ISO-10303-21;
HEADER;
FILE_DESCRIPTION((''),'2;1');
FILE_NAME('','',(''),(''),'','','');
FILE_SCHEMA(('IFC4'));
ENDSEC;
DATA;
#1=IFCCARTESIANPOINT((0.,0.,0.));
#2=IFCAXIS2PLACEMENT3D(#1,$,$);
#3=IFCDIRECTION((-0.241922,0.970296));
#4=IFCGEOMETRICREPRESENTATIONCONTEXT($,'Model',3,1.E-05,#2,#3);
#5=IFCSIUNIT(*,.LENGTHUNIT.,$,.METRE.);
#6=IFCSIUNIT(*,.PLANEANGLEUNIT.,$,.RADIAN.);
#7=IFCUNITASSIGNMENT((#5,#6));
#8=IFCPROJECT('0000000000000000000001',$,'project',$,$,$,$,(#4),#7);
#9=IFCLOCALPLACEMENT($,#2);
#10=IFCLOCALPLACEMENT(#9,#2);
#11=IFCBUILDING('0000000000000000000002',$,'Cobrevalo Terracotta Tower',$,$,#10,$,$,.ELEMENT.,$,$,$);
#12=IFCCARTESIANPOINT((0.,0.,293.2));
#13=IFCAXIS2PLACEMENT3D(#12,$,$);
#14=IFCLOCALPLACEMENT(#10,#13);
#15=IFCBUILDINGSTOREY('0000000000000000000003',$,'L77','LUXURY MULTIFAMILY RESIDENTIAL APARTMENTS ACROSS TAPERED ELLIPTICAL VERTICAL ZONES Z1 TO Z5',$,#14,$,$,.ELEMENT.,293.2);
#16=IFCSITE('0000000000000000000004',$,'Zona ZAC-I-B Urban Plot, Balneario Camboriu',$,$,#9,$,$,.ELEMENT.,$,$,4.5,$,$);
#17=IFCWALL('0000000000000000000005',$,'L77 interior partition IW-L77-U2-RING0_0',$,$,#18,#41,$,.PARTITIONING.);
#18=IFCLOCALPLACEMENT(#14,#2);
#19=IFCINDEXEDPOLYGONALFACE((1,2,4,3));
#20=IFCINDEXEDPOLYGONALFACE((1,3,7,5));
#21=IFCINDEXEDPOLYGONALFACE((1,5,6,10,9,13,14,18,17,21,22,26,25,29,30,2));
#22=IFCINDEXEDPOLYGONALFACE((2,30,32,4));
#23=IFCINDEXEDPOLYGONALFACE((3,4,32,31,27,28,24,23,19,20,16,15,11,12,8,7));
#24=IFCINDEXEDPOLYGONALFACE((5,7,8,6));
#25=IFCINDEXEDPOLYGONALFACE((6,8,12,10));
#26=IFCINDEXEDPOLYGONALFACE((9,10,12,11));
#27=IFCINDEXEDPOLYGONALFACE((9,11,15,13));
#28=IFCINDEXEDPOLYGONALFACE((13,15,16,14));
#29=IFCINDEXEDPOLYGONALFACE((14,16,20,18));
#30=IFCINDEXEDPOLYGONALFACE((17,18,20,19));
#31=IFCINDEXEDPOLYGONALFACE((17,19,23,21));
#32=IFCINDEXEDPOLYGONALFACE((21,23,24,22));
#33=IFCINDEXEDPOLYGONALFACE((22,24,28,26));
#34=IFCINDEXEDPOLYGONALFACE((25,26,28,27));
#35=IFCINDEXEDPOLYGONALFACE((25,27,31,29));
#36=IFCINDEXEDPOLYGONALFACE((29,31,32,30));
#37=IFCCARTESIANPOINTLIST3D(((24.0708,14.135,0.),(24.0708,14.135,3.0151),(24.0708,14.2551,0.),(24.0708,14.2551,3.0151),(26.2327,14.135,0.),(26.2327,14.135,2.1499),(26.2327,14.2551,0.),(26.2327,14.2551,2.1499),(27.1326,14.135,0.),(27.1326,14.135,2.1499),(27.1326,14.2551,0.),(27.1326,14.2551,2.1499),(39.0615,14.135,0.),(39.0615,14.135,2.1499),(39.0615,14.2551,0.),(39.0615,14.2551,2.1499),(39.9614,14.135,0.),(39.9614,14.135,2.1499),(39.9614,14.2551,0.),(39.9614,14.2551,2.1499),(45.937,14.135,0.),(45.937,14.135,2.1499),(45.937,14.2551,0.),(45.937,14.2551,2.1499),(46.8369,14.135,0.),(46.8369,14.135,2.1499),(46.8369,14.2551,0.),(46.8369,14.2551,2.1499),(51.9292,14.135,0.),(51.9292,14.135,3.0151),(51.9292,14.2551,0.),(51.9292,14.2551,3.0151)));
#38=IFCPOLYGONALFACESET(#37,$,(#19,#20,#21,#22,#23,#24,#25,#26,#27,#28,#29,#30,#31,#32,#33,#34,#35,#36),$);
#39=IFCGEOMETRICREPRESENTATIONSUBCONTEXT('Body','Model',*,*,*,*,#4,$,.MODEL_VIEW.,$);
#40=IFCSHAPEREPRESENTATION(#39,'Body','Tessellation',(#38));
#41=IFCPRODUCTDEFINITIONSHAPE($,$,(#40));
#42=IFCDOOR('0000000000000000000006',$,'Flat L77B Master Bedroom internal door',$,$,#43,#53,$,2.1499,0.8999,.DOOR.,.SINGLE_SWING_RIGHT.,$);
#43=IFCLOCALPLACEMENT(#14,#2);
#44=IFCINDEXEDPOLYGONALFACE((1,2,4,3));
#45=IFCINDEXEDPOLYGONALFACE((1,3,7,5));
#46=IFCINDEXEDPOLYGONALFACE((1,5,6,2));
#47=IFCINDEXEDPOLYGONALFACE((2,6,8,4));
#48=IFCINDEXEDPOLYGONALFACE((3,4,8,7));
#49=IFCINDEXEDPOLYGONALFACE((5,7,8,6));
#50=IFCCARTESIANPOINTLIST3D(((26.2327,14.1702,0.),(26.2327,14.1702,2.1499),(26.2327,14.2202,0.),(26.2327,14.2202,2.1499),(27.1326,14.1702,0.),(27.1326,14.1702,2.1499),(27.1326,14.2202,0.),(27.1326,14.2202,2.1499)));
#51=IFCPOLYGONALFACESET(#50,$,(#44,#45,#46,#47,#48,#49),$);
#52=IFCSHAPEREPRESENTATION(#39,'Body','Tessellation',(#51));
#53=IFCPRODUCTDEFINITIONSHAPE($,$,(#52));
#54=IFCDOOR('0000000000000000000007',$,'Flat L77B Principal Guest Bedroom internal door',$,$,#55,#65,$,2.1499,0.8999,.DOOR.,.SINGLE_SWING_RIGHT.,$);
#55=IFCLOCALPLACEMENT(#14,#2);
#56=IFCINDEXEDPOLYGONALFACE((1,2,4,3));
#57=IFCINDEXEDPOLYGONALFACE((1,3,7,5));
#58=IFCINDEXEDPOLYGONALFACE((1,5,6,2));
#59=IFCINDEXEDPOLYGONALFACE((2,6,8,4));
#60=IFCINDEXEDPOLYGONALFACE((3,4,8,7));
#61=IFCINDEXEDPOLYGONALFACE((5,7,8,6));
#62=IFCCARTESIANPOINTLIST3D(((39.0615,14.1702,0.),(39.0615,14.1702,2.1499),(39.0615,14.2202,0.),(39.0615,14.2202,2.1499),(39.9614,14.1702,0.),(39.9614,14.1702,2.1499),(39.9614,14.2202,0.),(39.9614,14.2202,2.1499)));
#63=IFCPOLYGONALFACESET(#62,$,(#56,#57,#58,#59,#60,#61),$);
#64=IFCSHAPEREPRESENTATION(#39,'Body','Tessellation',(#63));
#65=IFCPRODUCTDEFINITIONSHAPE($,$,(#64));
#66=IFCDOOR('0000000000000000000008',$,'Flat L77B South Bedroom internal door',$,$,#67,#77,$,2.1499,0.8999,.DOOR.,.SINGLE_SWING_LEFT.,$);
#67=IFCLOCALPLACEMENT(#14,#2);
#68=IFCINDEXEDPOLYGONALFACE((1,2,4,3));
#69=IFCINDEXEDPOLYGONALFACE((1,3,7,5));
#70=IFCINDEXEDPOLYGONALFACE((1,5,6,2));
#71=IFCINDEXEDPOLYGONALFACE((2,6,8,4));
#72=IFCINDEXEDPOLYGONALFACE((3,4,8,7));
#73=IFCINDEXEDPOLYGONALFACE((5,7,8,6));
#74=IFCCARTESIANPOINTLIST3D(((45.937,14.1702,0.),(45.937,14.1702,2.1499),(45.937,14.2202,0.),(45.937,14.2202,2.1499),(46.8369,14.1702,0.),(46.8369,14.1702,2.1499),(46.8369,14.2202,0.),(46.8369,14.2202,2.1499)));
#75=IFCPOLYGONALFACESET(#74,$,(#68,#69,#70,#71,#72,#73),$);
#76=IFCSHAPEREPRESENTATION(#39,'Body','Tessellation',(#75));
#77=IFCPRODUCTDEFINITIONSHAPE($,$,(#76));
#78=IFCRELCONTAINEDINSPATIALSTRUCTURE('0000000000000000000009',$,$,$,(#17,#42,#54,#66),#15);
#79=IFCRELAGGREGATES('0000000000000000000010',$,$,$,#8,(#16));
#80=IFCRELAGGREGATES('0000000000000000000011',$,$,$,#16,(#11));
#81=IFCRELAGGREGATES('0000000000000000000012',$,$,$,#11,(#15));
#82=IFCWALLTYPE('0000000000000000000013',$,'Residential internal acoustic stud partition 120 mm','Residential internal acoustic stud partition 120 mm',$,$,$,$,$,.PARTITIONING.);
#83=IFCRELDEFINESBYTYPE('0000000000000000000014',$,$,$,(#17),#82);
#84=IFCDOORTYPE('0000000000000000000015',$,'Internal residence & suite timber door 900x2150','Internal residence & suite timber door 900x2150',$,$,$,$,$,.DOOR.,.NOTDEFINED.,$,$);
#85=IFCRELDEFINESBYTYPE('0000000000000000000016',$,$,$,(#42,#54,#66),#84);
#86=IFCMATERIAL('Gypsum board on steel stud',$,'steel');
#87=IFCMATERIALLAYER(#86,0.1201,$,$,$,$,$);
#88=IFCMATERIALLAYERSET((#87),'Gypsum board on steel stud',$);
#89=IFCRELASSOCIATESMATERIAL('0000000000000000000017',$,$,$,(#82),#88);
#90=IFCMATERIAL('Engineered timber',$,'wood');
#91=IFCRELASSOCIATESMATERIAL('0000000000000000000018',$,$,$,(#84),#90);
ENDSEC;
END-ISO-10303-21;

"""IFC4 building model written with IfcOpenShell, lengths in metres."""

from ifc_helpers import new_model, si_unit, direction, frame, frame_2d, origin, place, context, subcontext, project, spatial, rectangle, extrude, source, transform, mapped, material, layer, layer_set, type_object, element, fill, save


model = new_model("IFC4")

# Units and contexts
model_context = context("Model", 3, precision=1e-05, world=origin(), true_north=direction((-0.241922, 0.970296)))
body_context = subcontext(model_context, "Body", "Model", "MODEL_VIEW")
ifc_project = project(units=[si_unit("LENGTHUNIT", "METRE"), si_unit("PLANEANGLEUNIT", "RADIAN")], contexts=[model_context])

# Site, building, storey
site_placement = place(None, origin())
site = spatial("IfcSite", under=ifc_project, at=site_placement, Name="Zona ZAC-I-B Urban Plot, Balneario Camboriu", CompositionType="ELEMENT", RefElevation=4.5)
building_placement = place(site_placement, origin())
building = spatial("IfcBuilding", under=site, at=building_placement, Name="Cobrevalo Terracotta Tower", CompositionType="ELEMENT")
storey_placement = place(building_placement, frame((0.0, 0.0, 293.2)))
storey = spatial("IfcBuildingStorey", under=building, at=storey_placement, Name="L77", Description="LUXURY MULTIFAMILY RESIDENTIAL APARTMENTS ACROSS TAPERED ELLIPTICAL VERTICAL ZONES Z1 TO Z5", CompositionType="ELEMENT", Elevation=293.2)

# Shared definitions
ifc_material_1 = material(Name="Gypsum board on steel stud", Category="steel")

# Wall, openings, doors
ifc_layer_1 = layer(ifc_material_1, 0.1201)
ifc_layer_set_1 = layer_set([ifc_layer_1], Name="Gypsum board on steel stud")
wall_type_1 = type_object("IfcWallType", Name="Residential internal acoustic stud partition 120 mm", Description="Residential internal acoustic stud partition 120 mm", PredefinedType="PARTITIONING", material=ifc_layer_set_1)
wall_1_placement = place(storey_placement, frame((51.9292, 14.1951, 0.0), z_axis=(0.0, 0.0, 1.0), x_axis=(-1.0, 0.0, 0.0)))
wall_1 = element("IfcWall", 1, at=wall_1_placement, inside=storey, type_object=wall_type_1, Name="L77 interior partition IW-L77-U2-RING0_0", PredefinedType="PARTITIONING", context=body_context, shape_type="SweptSolid", body=[
    extrude(rectangle(XDim=27.8584, YDim=0.1201, at=frame_2d((13.9292, 0.0))), origin(), (0.0, 0.0, 1.0), 3.0151),
])
opening_1_placement = place(wall_1_placement, frame((24.7966, 0.0, 0.0)))
opening_1 = element("IfcOpeningElement", 2, at=opening_1_placement, cuts=wall_1, PredefinedType="OPENING", context=body_context, shape_type="SweptSolid", body=[
    extrude(rectangle(XDim=0.8999, YDim=2.1499, at=frame_2d((0.45, 1.075))), frame((0.0, 0.0701, 0.0), z_axis=(0.0, -1.0, 0.0), x_axis=(1.0, 0.0, 0.0)), (0.0, 0.0, 1.0), 0.1401),
])
opening_2_placement = place(wall_1_placement, frame((11.9678, 0.0, 0.0)))
opening_2 = element("IfcOpeningElement", 3, at=opening_2_placement, cuts=wall_1, PredefinedType="OPENING", context=body_context, shape_type="SweptSolid", body=[
    extrude(rectangle(XDim=0.8999, YDim=2.1499, at=frame_2d((0.45, 1.075))), frame((0.0, 0.0701, 0.0), z_axis=(0.0, -1.0, 0.0), x_axis=(1.0, 0.0, 0.0)), (0.0, 0.0, 1.0), 0.1401),
])
opening_3_placement = place(wall_1_placement, frame((5.0923, 0.0, 0.0)))
opening_3 = element("IfcOpeningElement", 4, at=opening_3_placement, cuts=wall_1, PredefinedType="OPENING", context=body_context, shape_type="SweptSolid", body=[
    extrude(rectangle(XDim=0.8999, YDim=2.1499, at=frame_2d((0.45, 1.075))), frame((0.0, 0.0701, 0.0), z_axis=(0.0, -1.0, 0.0), x_axis=(1.0, 0.0, 0.0)), (0.0, 0.0, 1.0), 0.1401),
])
ifc_material_2 = material(Name="Engineered timber", Category="wood")
door_type = type_object("IfcDoorType", Name="Internal residence & suite timber door 900x2150", Description="Internal residence & suite timber door 900x2150", OperationType="NOTDEFINED", PredefinedType="DOOR", material=ifc_material_2)
shared_shape_1 = source(origin(), body_context, "Body", "SweptSolid", [
    extrude(rectangle(XDim=0.8999, YDim=2.1499, at=frame_2d((0.45, 1.075))), frame((0.0, 0.0249, 0.0), z_axis=(0.0, -1.0, 0.0), x_axis=(1.0, 0.0, 0.0)), (0.0, 0.0, 1.0), 0.05),
])
door_1_placement = place(opening_1_placement, origin())
door_1 = element("IfcDoor", 5, at=door_1_placement, inside=storey, type_object=door_type, Name="Flat L77B Master Bedroom internal door", OperationType="SINGLE_SWING_RIGHT", OverallHeight=2.1499, OverallWidth=0.8999, PredefinedType="DOOR", context=body_context, shape_type="MappedRepresentation", body=[
    mapped(shared_shape_1, transform((0.0, 0.0, 0.0), scale=1.0)),
])
fill(opening_1, door_1)
door_2_placement = place(opening_2_placement, origin())
door_2 = element("IfcDoor", 6, at=door_2_placement, inside=storey, type_object=door_type, Name="Flat L77B Principal Guest Bedroom internal door", OperationType="SINGLE_SWING_RIGHT", OverallHeight=2.1499, OverallWidth=0.8999, PredefinedType="DOOR", context=body_context, shape_type="MappedRepresentation", body=[
    mapped(shared_shape_1, transform((0.0, 0.0, 0.0), scale=1.0)),
])
fill(opening_2, door_2)
door_3_placement = place(opening_3_placement, origin())
door_3 = element("IfcDoor", 7, at=door_3_placement, inside=storey, type_object=door_type, Name="Flat L77B South Bedroom internal door", OperationType="SINGLE_SWING_LEFT", OverallHeight=2.1499, OverallWidth=0.8999, PredefinedType="DOOR", context=body_context, shape_type="MappedRepresentation", body=[
    mapped(shared_shape_1, transform((0.0, 0.0, 0.0), scale=1.0)),
])
fill(opening_3, door_3)

save(model, "model.ifc")
